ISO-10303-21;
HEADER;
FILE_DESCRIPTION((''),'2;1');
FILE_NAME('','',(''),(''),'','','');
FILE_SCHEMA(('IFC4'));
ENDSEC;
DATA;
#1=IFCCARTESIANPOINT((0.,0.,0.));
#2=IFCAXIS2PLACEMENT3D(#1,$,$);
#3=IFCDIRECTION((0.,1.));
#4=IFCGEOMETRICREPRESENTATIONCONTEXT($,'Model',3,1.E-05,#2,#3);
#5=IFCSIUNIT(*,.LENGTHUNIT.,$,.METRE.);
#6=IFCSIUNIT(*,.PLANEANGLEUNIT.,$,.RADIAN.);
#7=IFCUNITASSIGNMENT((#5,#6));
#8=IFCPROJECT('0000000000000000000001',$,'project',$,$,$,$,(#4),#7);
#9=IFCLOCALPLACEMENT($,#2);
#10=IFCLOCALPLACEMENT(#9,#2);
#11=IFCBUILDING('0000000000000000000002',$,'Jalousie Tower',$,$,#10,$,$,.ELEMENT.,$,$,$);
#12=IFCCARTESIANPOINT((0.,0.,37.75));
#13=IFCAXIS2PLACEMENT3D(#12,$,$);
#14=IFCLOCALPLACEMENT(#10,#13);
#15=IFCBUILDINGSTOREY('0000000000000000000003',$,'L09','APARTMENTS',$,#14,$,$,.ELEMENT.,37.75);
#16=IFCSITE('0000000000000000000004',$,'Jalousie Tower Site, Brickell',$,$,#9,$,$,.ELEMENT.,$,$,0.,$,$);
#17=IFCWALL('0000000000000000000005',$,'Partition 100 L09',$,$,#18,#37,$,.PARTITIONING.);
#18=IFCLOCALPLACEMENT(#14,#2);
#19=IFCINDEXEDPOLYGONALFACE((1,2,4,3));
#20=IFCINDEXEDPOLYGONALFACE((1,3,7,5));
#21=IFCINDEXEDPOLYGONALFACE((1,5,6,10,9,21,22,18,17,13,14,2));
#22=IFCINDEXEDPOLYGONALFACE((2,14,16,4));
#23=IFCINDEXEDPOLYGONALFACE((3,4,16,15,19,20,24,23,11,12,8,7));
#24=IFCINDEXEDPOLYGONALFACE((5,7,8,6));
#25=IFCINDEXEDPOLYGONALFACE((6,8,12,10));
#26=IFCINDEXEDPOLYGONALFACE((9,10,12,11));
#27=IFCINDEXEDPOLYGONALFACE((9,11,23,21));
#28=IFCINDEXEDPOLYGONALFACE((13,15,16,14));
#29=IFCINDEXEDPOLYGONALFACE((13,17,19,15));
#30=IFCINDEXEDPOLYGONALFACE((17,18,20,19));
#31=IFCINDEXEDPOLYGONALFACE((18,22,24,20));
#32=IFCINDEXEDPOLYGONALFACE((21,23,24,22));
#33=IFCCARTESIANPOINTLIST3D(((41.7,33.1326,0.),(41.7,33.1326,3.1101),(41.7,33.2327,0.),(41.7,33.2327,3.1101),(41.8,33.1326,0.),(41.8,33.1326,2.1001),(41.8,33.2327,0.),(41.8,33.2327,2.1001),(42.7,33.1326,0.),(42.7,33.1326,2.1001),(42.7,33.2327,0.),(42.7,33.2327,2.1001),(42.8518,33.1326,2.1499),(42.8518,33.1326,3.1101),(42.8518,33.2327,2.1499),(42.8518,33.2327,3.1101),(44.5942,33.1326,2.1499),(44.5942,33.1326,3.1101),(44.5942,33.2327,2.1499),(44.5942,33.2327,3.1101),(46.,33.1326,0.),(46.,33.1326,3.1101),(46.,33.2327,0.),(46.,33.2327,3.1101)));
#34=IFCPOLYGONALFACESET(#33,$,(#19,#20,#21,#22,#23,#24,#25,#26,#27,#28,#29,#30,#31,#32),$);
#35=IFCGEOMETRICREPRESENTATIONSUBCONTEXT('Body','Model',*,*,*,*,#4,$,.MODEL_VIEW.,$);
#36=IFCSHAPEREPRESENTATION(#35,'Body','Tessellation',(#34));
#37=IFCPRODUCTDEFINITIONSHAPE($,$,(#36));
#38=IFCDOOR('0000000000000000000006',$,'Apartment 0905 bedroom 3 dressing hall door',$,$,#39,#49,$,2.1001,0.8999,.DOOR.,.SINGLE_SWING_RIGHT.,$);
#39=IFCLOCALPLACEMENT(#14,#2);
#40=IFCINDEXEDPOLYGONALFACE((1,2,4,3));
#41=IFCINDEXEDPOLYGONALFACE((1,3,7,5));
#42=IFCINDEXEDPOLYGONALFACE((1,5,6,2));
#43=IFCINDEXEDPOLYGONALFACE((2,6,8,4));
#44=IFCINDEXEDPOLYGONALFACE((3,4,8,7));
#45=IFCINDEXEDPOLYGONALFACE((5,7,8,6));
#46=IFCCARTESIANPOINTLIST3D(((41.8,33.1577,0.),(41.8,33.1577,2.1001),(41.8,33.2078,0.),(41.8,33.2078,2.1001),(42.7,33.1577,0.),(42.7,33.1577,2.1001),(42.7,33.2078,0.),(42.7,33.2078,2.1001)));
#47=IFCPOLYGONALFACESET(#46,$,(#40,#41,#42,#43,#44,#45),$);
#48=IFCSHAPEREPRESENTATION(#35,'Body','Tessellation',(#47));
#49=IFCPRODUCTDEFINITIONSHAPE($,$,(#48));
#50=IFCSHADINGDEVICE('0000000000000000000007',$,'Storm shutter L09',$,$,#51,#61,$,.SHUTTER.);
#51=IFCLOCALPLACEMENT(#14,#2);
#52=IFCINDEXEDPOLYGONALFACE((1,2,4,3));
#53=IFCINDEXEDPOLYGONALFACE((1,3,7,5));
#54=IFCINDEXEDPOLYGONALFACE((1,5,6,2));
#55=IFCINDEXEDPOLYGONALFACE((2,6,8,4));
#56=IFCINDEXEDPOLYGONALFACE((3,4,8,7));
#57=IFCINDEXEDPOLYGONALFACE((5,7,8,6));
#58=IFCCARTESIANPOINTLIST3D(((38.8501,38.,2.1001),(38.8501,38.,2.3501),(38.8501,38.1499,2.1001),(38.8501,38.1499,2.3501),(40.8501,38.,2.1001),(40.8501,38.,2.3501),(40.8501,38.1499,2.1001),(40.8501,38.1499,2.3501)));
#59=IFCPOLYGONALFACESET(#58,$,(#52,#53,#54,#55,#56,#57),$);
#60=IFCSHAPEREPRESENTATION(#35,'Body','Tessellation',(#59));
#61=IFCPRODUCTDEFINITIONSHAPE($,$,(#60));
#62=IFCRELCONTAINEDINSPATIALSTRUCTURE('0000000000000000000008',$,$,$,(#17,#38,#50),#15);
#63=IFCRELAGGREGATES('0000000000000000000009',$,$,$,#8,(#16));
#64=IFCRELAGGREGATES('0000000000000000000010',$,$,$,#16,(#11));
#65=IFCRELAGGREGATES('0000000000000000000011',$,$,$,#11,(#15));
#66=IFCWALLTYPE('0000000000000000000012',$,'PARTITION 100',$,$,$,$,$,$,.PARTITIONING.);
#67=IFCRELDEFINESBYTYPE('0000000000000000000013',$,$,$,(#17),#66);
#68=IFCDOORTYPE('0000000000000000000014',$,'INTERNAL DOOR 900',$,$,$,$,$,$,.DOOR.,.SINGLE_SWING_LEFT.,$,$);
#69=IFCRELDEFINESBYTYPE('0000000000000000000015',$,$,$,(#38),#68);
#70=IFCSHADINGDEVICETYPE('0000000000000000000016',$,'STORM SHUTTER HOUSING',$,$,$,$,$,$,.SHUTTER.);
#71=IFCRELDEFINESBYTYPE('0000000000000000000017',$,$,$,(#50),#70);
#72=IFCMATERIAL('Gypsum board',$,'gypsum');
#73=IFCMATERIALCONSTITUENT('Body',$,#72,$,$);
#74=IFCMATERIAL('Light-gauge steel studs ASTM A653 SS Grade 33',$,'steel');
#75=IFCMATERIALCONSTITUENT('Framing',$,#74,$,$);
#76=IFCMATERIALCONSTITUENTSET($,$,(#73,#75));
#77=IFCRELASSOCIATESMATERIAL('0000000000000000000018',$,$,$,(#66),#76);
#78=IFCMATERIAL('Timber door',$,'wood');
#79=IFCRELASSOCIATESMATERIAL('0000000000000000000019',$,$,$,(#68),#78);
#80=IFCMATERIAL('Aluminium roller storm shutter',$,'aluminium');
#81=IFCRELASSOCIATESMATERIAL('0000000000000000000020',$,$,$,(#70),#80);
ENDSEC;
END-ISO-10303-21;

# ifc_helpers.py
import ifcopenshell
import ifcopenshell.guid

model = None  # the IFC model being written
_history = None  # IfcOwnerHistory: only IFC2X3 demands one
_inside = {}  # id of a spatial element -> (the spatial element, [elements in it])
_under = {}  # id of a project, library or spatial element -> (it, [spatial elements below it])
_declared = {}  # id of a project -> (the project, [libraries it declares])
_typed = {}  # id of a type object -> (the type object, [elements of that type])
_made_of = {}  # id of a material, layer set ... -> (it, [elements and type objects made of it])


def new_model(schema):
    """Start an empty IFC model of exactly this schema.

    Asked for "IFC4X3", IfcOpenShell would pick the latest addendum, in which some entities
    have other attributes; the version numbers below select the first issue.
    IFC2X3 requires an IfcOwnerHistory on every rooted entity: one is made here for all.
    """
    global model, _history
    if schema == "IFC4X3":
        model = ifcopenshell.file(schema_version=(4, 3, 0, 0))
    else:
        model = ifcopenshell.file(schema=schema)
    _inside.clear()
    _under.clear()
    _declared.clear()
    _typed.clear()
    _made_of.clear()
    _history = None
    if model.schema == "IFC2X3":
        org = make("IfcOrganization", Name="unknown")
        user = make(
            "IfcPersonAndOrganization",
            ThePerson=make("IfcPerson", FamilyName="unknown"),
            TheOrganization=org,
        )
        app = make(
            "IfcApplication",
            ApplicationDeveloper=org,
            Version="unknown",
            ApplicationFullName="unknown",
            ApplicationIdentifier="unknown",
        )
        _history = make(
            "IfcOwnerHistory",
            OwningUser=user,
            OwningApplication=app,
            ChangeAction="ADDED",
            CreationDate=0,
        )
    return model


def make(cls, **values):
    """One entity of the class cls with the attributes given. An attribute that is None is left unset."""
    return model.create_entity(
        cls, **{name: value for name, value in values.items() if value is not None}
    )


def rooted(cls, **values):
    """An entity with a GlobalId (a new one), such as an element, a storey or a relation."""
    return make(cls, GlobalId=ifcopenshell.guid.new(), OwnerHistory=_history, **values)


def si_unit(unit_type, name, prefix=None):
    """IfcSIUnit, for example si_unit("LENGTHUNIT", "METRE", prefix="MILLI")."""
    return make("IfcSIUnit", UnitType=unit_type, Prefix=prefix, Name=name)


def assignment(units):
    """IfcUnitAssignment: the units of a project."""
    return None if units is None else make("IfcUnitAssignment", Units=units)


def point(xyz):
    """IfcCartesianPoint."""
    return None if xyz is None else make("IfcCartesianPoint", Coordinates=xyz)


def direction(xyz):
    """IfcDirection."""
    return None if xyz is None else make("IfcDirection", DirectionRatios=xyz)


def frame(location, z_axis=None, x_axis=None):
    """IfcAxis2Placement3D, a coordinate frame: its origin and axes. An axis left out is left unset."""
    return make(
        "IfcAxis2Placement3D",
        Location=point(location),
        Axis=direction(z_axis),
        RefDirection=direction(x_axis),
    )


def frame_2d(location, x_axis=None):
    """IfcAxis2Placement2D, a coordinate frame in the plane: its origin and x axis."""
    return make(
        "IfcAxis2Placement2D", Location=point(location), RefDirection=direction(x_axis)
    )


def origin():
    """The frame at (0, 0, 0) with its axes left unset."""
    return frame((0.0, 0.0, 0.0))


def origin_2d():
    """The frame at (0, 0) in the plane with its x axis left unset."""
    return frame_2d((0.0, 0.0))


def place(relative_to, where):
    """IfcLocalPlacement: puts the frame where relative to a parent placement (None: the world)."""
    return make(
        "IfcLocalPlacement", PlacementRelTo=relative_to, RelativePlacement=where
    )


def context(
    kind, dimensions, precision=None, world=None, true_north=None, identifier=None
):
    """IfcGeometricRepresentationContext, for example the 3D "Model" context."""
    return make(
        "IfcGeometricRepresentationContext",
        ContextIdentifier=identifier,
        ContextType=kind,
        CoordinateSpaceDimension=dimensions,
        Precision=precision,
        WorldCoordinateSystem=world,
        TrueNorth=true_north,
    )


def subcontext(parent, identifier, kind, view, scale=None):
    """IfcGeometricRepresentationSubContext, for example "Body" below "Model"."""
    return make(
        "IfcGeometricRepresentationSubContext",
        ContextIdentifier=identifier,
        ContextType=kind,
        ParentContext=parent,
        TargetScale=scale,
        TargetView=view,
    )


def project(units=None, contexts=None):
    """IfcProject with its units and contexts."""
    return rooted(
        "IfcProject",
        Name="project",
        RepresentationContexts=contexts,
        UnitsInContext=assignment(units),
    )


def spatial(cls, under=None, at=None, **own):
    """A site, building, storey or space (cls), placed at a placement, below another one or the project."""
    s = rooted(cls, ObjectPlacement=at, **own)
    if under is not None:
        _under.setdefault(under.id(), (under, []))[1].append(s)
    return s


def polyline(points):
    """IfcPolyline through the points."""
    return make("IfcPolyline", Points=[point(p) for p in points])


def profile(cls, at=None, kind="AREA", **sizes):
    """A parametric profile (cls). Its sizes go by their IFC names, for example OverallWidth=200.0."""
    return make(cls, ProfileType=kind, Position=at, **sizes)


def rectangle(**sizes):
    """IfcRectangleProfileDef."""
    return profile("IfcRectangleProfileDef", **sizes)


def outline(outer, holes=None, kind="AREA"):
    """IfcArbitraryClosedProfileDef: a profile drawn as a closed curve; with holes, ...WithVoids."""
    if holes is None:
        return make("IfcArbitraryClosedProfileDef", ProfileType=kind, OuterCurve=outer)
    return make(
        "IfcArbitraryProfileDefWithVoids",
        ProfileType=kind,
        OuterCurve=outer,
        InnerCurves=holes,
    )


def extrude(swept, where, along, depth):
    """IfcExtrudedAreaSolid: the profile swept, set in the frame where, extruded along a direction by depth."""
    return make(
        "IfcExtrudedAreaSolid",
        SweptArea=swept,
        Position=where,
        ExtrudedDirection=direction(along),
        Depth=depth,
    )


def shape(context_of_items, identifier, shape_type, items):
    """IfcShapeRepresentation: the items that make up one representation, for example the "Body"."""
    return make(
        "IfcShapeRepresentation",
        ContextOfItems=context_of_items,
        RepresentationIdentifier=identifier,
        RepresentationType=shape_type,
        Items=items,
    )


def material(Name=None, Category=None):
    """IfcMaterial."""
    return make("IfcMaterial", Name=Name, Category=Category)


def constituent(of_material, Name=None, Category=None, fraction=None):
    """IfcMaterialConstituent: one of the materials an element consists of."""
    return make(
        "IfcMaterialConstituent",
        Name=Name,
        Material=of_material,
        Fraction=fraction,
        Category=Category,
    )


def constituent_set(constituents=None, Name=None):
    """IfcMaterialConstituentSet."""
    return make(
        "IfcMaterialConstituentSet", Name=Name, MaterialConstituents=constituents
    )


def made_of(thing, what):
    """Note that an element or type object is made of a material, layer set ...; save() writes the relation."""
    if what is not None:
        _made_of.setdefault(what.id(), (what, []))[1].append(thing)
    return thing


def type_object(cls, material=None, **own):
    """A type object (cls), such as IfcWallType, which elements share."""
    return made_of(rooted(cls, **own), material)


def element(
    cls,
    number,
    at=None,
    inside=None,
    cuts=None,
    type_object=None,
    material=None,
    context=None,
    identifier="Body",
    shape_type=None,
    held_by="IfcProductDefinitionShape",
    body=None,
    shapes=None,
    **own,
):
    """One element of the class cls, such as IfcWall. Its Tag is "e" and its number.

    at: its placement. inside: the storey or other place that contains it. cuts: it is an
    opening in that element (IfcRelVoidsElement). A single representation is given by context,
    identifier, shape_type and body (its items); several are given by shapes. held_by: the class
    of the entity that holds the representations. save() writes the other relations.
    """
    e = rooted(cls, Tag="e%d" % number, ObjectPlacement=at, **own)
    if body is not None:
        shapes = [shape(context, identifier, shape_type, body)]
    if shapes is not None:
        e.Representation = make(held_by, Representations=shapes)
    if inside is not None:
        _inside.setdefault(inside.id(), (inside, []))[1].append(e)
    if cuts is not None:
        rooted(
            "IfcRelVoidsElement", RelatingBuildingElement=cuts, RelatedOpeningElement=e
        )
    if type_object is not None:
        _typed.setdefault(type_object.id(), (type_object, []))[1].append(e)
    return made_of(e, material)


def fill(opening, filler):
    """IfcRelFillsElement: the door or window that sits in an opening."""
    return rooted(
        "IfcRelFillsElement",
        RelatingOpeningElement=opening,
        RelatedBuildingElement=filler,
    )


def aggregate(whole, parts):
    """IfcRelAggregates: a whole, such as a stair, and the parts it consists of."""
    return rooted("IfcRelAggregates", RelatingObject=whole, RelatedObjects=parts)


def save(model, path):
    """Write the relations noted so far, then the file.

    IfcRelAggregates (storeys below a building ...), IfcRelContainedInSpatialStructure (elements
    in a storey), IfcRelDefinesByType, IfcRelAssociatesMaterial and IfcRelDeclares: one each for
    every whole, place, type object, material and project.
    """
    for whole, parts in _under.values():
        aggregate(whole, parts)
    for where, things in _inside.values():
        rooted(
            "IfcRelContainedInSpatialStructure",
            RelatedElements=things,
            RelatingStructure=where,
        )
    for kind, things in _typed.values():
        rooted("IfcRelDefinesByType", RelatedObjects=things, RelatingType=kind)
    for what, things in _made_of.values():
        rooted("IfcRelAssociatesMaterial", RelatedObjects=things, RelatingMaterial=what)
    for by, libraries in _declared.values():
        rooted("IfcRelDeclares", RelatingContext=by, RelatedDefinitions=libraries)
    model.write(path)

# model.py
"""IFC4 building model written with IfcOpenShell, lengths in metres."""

from ifc_helpers import new_model, si_unit, direction, frame, frame_2d, origin, origin_2d, place, context, subcontext, project, spatial, polyline, rectangle, outline, extrude, material, constituent, constituent_set, type_object, element, fill, save


model = new_model("IFC4")

# Units and contexts
model_context = context("Model", 3, precision=1e-05, world=origin(), true_north=direction((0.0, 1.0)))
body_context = subcontext(model_context, "Body", "Model", "MODEL_VIEW")
ifc_project = project(units=[si_unit("LENGTHUNIT", "METRE"), si_unit("PLANEANGLEUNIT", "RADIAN")], contexts=[model_context])

# Site, building, storey
site_placement = place(None, origin())
site = spatial("IfcSite", under=ifc_project, at=site_placement, Name="Jalousie Tower Site, Brickell", CompositionType="ELEMENT", RefElevation=0.0)
building_placement = place(site_placement, origin())
building = spatial("IfcBuilding", under=site, at=building_placement, Name="Jalousie Tower", CompositionType="ELEMENT")
storey_placement = place(building_placement, frame((0.0, 0.0, 37.75)))
storey = spatial("IfcBuildingStorey", under=building, at=storey_placement, Name="L09", Description="APARTMENTS", CompositionType="ELEMENT", Elevation=37.75)

# Shared definitions
ifc_material_1 = material(Name="Gypsum board", Category="gypsum")
ifc_constituent_1 = constituent(ifc_material_1, Name="Body")
ifc_material_2 = material(Name="Light-gauge steel studs ASTM A653 SS Grade 33", Category="steel")
ifc_constituent_2 = constituent(ifc_material_2, Name="Framing")
ifc_constituent_set_1 = constituent_set(constituents=[ifc_constituent_1, ifc_constituent_2])
wall_type_1 = type_object("IfcWallType", Name="PARTITION 100", PredefinedType="PARTITIONING", material=ifc_constituent_set_1)
ifc_material_3 = material(Name="Timber door", Category="wood")
door_type_1 = type_object("IfcDoorType", Name="INTERNAL DOOR 900", OperationType="SINGLE_SWING_LEFT", PredefinedType="DOOR", material=ifc_material_3)

# Wall, opening, door
wall_1_placement = place(storey_placement, frame((41.7, 33.1826, 0.0), z_axis=(0.0, 0.0, 1.0), x_axis=(1.0, 0.0, 0.0)))
wall_1 = element("IfcWall", 1, at=wall_1_placement, inside=storey, type_object=wall_type_1, Name="Partition 100 L09", PredefinedType="PARTITIONING", context=body_context, shape_type="SweptSolid", body=[
    extrude(outline(polyline([(0.0, 0.0), (4.3, 0.0), (4.3, 3.1101), (2.8943, 3.1101), (2.8943, 2.1499), (1.1519, 2.1499), (1.1519, 3.1101), (0.0, 3.1101), (0.0, 0.0)])), frame((0.0, 0.05, 0.0), z_axis=(0.0, -1.0, 0.0), x_axis=(1.0, 0.0, 0.0)), (0.0, 0.0, 1.0), 0.1001),
])
opening_1_placement = place(wall_1_placement, frame((0.1001, 0.0, 0.0)))
opening_1 = element("IfcOpeningElement", 2, at=opening_1_placement, cuts=wall_1, PredefinedType="OPENING", context=body_context, shape_type="SweptSolid", body=[
    extrude(rectangle(XDim=0.8999, YDim=2.1001, at=frame_2d((0.45, 1.05))), frame((0.0, 0.0601, 0.0), z_axis=(0.0, -1.0, 0.0), x_axis=(1.0, 0.0, 0.0)), (0.0, 0.0, 1.0), 0.1201),
])
door_1_placement = place(opening_1_placement, frame((0.8999, 0.0, 0.0), z_axis=(0.0, 0.0, 1.0), x_axis=(-1.0, 0.0, 0.0)))
door_1 = element("IfcDoor", 3, at=door_1_placement, inside=storey, type_object=door_type_1, Name="Apartment 0905 bedroom 3 dressing hall door", OperationType="SINGLE_SWING_RIGHT", OverallHeight=2.1001, OverallWidth=0.8999, PredefinedType="DOOR", context=body_context, shape_type="SweptSolid", body=[
    extrude(rectangle(XDim=0.8999, YDim=2.1001, at=frame_2d((0.45, 1.05))), frame((0.0, 0.0249, 0.0), z_axis=(0.0, -1.0, 0.0), x_axis=(1.0, 0.0, 0.0)), (0.0, 0.0, 1.0), 0.05),
])
fill(opening_1, door_1)

# Shading device
ifc_material_4 = material(Name="Aluminium roller storm shutter", Category="aluminium")
shading_device_type = type_object("IfcShadingDeviceType", Name="STORM SHUTTER HOUSING", PredefinedType="SHUTTER", material=ifc_material_4)
shading_device_placement = place(storey_placement, frame((39.8501, 38.075, 2.1001), z_axis=(0.0, 0.0, 1.0), x_axis=(-1.0, 0.0, 0.0)))
element("IfcShadingDevice", 4, at=shading_device_placement, inside=storey, type_object=shading_device_type, Name="Storm shutter L09", PredefinedType="SHUTTER", context=body_context, shape_type="SweptSolid", body=[
    extrude(rectangle(XDim=2.0, YDim=0.1499, at=origin_2d()), origin(), (0.0, 0.0, 1.0), 0.25),
])

save(model, "model.ifc")
